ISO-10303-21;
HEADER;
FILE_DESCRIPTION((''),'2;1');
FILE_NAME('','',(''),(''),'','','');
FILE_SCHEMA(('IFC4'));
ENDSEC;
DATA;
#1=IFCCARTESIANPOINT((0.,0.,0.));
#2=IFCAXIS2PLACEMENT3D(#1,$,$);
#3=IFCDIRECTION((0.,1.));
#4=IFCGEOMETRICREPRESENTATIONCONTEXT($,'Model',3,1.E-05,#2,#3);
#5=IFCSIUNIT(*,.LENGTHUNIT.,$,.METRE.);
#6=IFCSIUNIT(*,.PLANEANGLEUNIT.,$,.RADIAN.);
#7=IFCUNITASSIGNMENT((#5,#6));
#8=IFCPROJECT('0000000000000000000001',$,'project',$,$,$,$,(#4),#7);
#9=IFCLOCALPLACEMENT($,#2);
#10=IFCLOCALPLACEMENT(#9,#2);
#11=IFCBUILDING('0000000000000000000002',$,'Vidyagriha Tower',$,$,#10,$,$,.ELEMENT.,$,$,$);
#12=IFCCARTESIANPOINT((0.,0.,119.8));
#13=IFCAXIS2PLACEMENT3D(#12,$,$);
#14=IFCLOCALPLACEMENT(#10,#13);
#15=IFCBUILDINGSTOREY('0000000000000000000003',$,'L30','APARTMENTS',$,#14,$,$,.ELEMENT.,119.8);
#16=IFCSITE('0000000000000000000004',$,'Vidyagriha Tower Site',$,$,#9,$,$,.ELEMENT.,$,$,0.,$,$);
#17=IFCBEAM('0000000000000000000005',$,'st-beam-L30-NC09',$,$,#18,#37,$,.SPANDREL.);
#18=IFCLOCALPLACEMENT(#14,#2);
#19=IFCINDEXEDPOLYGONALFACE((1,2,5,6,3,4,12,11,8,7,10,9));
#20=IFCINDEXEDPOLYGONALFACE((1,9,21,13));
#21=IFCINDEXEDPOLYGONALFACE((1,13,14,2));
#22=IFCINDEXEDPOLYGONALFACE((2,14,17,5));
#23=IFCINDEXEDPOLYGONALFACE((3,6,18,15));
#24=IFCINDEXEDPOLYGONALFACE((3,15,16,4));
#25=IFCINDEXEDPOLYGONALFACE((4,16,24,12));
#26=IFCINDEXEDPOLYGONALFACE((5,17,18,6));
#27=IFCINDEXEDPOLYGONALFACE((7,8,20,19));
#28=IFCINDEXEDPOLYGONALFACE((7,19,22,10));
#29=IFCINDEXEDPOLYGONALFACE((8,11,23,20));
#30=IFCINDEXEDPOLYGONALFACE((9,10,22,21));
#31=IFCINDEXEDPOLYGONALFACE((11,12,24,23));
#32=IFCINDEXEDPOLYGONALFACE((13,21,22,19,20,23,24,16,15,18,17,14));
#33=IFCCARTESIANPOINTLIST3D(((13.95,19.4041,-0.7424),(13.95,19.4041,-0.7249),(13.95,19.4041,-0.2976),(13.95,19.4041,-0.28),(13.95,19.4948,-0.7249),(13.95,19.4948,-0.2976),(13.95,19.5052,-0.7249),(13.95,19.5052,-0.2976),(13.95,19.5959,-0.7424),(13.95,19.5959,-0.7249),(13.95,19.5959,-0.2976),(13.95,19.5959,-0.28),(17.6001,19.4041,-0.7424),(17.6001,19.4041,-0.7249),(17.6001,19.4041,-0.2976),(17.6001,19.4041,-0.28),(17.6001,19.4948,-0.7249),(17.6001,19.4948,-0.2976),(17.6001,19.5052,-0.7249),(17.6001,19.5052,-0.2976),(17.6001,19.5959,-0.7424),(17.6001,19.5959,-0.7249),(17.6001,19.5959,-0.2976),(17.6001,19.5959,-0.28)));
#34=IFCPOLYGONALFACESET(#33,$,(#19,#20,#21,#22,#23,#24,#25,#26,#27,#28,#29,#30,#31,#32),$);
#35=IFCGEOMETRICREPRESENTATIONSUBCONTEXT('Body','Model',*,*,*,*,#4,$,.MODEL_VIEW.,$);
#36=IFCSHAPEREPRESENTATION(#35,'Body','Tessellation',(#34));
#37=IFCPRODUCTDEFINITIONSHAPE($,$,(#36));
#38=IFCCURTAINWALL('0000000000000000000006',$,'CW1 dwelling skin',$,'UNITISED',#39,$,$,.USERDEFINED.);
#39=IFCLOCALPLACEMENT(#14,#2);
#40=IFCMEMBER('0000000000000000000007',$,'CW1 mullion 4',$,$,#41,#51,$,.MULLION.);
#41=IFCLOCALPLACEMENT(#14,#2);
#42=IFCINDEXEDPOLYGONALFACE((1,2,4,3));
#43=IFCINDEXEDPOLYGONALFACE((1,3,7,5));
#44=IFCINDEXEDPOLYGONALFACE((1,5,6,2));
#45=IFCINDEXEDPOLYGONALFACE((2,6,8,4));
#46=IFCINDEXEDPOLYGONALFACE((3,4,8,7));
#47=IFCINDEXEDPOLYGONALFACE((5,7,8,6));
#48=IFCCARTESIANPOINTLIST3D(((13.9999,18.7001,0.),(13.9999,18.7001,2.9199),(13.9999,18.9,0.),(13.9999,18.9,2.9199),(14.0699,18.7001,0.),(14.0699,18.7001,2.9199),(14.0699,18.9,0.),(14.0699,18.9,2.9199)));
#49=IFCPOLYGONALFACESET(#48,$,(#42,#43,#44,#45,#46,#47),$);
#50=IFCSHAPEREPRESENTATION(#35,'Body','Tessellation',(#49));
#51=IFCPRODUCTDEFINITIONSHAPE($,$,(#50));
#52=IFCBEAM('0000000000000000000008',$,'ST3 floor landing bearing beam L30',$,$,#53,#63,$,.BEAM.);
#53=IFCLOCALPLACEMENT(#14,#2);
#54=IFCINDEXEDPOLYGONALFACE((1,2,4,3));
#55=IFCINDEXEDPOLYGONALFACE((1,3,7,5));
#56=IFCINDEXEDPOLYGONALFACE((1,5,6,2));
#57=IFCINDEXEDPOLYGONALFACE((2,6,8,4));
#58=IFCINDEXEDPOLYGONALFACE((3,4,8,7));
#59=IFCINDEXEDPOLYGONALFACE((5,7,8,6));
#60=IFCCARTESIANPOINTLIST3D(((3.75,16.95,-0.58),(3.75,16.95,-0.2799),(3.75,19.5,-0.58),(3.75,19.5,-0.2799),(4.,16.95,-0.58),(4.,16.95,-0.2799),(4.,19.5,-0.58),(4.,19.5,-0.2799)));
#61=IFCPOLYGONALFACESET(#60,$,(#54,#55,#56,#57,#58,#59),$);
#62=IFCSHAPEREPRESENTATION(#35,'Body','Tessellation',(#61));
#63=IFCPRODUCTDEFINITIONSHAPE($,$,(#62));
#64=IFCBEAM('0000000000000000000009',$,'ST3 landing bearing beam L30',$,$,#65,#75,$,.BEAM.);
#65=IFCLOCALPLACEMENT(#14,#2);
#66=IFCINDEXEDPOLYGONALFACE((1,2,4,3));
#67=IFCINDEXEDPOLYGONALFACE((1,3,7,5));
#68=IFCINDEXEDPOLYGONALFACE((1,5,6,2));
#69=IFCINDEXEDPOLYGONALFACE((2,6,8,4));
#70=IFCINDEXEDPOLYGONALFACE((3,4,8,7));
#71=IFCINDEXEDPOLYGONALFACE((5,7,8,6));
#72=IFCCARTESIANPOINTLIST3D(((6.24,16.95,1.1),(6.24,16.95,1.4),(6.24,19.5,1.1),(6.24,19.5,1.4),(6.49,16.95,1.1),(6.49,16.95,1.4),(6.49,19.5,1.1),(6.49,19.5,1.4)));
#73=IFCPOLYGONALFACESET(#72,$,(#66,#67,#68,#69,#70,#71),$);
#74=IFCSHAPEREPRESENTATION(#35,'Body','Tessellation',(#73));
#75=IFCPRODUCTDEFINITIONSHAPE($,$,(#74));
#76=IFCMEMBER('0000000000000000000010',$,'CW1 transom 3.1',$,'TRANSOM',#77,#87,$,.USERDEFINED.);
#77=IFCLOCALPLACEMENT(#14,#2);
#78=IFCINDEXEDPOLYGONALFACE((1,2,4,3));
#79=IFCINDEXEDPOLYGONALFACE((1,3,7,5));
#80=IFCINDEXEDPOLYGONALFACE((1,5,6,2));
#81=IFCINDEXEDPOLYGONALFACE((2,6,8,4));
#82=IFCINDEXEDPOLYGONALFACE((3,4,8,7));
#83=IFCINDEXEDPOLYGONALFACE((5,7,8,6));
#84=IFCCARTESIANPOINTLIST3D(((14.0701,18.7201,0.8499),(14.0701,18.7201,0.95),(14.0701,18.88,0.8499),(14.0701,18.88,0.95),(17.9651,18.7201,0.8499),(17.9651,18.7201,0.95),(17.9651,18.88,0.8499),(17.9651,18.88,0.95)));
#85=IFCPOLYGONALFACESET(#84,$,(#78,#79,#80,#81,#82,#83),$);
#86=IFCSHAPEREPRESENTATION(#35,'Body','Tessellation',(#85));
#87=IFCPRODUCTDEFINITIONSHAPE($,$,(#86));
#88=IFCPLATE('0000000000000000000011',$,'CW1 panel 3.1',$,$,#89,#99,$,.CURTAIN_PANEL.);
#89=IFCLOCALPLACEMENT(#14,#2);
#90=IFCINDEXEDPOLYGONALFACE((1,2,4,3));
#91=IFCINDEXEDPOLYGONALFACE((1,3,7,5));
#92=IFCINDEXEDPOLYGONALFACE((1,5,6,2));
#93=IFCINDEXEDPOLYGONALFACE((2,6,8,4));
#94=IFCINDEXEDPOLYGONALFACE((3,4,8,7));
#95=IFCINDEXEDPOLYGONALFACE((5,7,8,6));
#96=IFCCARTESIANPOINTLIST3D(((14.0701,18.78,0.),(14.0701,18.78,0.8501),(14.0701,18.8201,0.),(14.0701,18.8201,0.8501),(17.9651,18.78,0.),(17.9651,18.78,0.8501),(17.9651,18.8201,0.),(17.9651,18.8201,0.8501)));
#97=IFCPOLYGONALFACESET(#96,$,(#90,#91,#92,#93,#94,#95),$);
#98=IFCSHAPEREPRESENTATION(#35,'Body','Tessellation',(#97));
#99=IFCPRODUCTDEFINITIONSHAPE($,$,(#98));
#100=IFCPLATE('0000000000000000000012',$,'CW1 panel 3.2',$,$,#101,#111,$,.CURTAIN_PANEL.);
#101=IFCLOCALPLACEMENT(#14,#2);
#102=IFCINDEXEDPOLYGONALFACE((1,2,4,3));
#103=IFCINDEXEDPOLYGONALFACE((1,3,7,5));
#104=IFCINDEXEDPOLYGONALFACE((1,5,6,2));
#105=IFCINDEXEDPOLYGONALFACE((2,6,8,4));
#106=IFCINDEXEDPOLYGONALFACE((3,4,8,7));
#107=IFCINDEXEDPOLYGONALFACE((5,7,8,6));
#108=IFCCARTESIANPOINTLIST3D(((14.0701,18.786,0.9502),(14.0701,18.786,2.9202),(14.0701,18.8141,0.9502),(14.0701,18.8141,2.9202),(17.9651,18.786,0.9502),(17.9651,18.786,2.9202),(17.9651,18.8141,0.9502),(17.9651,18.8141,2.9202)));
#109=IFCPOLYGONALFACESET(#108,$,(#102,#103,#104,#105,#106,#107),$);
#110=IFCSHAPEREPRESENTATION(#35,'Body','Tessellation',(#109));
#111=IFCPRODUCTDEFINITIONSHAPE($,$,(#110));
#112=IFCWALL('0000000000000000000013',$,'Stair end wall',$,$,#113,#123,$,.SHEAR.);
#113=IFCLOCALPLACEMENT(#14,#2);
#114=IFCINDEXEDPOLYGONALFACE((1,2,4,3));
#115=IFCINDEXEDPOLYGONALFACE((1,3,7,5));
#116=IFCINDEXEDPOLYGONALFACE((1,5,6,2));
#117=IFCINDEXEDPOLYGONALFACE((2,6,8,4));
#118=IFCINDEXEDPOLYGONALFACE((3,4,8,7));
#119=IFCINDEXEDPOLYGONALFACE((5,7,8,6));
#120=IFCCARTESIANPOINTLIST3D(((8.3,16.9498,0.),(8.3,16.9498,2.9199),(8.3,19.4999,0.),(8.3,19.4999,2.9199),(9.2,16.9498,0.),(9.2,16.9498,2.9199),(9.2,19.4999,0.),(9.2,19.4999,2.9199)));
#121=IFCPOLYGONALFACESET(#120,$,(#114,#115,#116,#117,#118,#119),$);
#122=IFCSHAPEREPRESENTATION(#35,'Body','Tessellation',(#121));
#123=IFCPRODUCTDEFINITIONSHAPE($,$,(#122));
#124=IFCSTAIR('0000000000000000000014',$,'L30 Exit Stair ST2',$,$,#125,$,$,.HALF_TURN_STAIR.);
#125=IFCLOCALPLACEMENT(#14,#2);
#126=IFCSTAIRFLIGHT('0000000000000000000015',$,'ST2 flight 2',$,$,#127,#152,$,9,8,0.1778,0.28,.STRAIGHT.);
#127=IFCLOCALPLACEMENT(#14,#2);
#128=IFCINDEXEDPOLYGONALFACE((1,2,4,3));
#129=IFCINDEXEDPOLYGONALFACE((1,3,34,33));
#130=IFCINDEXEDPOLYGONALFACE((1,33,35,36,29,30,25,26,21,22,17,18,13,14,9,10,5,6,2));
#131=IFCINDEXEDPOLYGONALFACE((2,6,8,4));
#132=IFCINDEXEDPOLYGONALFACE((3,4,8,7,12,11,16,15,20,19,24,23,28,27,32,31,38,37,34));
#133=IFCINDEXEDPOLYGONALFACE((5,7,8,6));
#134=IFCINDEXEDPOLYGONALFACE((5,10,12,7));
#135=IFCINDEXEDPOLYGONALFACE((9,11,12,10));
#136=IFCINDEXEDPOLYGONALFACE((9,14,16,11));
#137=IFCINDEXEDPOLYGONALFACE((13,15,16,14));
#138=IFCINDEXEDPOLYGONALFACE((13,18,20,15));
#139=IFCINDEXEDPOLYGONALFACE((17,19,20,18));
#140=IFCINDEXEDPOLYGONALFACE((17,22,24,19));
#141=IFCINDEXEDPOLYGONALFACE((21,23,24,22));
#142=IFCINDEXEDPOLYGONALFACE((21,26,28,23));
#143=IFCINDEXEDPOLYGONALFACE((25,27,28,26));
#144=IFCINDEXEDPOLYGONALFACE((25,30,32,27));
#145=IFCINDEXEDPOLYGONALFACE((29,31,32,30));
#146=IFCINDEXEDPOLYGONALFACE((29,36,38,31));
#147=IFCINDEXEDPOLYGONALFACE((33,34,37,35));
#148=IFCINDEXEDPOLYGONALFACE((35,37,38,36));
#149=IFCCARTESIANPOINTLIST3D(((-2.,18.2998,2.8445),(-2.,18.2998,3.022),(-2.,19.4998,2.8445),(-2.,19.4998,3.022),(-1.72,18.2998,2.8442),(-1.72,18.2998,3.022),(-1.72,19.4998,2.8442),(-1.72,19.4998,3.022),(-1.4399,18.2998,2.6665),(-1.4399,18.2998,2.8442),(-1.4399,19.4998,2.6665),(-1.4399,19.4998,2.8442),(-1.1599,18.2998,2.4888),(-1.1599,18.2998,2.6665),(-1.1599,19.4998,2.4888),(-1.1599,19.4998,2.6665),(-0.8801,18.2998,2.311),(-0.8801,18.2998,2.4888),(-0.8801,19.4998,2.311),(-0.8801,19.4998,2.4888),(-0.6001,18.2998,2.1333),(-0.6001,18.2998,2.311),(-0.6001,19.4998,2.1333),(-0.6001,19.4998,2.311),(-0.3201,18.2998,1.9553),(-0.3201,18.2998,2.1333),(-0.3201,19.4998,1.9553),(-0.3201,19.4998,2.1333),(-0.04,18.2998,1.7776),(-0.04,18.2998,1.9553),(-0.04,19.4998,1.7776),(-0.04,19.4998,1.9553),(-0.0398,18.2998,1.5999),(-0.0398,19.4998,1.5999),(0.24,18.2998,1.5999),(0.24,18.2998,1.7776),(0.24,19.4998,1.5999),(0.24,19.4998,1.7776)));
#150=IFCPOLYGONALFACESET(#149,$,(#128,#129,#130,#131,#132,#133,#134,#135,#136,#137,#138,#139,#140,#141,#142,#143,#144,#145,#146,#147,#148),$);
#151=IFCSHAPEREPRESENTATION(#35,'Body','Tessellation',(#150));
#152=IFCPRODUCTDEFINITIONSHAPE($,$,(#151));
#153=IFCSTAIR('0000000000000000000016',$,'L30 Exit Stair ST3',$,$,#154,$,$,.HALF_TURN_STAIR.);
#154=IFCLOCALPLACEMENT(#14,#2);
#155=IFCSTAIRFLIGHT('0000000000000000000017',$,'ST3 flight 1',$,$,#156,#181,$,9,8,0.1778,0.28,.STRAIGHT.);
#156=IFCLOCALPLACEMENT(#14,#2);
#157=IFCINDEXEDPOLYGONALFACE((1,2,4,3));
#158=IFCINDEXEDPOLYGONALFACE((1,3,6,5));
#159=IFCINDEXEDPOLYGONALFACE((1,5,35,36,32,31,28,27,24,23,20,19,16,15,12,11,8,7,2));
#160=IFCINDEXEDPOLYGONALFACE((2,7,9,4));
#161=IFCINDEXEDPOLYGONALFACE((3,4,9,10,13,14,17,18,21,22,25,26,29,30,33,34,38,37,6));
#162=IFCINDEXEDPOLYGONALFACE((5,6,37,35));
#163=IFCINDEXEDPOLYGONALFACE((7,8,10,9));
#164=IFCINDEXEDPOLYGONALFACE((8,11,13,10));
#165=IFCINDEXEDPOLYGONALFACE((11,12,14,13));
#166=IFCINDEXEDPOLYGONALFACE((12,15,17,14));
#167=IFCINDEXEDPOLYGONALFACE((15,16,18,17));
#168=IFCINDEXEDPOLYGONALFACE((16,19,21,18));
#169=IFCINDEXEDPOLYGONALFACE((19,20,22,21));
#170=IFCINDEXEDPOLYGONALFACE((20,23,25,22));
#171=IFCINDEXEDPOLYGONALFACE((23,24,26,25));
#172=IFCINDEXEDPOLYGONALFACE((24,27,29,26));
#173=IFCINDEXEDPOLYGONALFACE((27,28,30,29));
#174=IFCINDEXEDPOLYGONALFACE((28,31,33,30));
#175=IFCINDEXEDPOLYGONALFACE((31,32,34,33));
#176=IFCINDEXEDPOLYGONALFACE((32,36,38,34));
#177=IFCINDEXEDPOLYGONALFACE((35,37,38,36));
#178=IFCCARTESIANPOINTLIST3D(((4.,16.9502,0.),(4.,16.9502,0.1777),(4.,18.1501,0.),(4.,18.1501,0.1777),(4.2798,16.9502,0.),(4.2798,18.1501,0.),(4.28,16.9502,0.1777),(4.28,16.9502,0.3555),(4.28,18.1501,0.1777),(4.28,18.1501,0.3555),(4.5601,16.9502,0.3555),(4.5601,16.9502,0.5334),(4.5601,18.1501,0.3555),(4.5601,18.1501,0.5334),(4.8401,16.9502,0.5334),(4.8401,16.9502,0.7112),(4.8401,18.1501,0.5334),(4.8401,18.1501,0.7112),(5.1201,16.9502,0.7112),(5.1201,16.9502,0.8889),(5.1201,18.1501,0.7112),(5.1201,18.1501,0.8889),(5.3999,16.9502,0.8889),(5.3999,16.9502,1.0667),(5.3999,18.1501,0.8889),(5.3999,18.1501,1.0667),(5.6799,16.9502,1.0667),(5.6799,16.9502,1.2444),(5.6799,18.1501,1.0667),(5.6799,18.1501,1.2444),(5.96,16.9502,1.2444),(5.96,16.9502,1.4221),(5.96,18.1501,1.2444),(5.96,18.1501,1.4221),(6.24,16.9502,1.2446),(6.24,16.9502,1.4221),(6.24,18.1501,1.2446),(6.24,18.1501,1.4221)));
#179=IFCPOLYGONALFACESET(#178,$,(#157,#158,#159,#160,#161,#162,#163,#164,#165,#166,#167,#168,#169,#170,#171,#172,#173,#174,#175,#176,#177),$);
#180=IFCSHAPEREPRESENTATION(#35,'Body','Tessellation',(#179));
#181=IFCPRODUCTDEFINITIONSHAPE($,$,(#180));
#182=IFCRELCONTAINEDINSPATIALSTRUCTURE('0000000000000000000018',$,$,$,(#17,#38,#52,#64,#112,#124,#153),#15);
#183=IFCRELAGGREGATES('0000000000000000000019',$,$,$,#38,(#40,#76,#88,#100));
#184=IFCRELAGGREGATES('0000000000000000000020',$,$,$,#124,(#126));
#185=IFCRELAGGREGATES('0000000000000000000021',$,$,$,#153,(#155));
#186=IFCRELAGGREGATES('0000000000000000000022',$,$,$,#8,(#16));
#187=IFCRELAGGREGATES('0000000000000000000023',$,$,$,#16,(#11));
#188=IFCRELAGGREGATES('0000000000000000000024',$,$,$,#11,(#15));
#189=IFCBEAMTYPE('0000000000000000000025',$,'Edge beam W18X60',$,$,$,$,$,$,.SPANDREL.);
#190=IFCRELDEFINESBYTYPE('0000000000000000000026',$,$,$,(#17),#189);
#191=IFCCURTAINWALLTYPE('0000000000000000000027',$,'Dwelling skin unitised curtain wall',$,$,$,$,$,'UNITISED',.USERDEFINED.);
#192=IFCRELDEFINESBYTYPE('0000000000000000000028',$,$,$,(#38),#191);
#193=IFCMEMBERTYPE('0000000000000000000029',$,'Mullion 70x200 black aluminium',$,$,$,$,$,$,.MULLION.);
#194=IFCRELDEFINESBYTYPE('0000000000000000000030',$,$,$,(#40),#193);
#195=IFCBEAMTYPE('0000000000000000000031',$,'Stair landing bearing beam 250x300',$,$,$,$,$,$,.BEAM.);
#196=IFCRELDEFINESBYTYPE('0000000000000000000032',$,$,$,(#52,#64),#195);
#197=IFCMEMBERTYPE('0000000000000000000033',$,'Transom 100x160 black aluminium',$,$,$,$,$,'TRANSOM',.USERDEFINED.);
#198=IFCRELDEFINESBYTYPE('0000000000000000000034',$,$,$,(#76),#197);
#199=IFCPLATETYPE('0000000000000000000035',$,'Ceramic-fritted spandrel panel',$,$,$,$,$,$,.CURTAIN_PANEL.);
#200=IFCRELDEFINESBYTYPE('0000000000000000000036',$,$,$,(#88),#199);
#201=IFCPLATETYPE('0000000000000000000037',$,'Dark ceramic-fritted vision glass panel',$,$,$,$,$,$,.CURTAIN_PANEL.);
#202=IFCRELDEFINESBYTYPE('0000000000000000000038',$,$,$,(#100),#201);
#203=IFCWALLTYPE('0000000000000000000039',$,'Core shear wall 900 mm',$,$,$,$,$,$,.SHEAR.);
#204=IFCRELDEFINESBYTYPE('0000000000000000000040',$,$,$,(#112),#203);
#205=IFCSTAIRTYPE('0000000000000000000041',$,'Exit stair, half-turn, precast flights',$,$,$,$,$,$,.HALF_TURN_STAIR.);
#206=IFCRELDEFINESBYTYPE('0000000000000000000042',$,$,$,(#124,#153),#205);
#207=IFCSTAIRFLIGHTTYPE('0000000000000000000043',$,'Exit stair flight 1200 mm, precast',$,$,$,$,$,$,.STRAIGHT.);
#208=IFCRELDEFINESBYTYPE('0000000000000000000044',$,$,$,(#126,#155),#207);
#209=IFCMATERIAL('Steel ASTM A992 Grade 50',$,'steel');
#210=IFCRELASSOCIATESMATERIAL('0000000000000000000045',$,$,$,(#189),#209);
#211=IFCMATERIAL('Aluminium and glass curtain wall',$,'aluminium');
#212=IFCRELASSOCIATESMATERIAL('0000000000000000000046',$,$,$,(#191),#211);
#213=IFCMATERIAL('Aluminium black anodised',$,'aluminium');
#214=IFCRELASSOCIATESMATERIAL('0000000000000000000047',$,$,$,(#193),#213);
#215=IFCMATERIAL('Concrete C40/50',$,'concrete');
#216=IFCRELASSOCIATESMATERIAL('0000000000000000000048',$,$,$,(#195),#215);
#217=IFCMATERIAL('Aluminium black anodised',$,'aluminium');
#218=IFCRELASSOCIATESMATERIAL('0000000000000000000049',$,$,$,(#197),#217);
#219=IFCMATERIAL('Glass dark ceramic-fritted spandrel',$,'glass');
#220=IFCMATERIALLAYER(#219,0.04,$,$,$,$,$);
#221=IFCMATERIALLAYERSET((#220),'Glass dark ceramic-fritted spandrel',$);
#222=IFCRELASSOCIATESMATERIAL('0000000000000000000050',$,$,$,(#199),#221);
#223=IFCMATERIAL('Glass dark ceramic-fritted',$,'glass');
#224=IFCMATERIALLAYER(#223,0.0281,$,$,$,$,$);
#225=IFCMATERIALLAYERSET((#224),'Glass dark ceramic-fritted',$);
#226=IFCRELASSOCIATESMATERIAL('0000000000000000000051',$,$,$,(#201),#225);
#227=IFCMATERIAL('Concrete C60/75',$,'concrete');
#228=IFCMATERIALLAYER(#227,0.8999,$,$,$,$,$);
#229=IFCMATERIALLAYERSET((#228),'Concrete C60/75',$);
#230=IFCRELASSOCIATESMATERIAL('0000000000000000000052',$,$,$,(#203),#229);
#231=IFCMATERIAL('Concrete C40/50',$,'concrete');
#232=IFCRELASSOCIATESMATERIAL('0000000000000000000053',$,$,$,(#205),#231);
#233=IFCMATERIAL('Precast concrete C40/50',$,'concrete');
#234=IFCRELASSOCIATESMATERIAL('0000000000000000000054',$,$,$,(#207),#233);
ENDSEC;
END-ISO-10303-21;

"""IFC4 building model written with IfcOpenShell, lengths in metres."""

from ifc_helpers import new_model, si_unit, direction, frame, frame_2d, origin, origin_2d, place, context, subcontext, project, spatial, polyline, rectangle, i_section, outline, extrude, material, layer, layer_set, material_profile, profile_set, type_object, element, aggregate, save


model = new_model("IFC4")

# Units and contexts
model_context = context("Model", 3, precision=1e-05, world=origin(), true_north=direction((0.0, 1.0)))
body_context = subcontext(model_context, "Body", "Model", "MODEL_VIEW")
ifc_project = project(units=[si_unit("LENGTHUNIT", "METRE"), si_unit("PLANEANGLEUNIT", "RADIAN")], contexts=[model_context])

# Site, building, storey
site_placement = place(None, origin())
site = spatial("IfcSite", under=ifc_project, at=site_placement, Name="Vidyagriha Tower Site", CompositionType="ELEMENT", RefElevation=0.0)
building_placement = place(site_placement, origin())
building = spatial("IfcBuilding", under=site, at=building_placement, Name="Vidyagriha Tower", CompositionType="ELEMENT")
storey_placement = place(building_placement, frame((0.0, 0.0, 119.8)))
storey = spatial("IfcBuildingStorey", under=building, at=storey_placement, Name="L30", Description="APARTMENTS", CompositionType="ELEMENT", Elevation=119.8)

# Beam
ifc_material_1 = material(Name="Steel ASTM A992 Grade 50", Category="steel")
ifc_material_profile_1 = material_profile(ifc_material_1, i_section(OverallWidth=0.1919, OverallDepth=0.4624, WebThickness=0.0105, FlangeThickness=0.0176, at=origin_2d()), Name="W18X60")
ifc_profile_set_1 = profile_set([ifc_material_profile_1], Name="Steel ASTM A992 Grade 50")
beam_type_1 = type_object("IfcBeamType", Name="Edge beam W18X60", PredefinedType="SPANDREL", material=ifc_profile_set_1)
beam_placement = place(storey_placement, frame((13.95, 19.5, -0.5112), z_axis=(1.0, 0.0, 0.0), x_axis=(0.0, 1.0, 0.0)))
element("IfcBeam", 1, at=beam_placement, inside=storey, type_object=beam_type_1, Name="st-beam-L30-NC09", PredefinedType="SPANDREL", context=body_context, shape_type="SweptSolid", body=[
    extrude(i_section(OverallWidth=0.1919, OverallDepth=0.4624, WebThickness=0.0105, FlangeThickness=0.0176, at=origin_2d()), origin(), (0.0, 0.0, 1.0), 3.6501),
])

# Curtain wall, member
ifc_material_2 = material(Name="Aluminium and glass curtain wall", Category="aluminium")
curtain_wall_type = type_object("IfcCurtainWallType", Name="Dwelling skin unitised curtain wall", ElementType="UNITISED", PredefinedType="USERDEFINED", material=ifc_material_2)
curtain_wall_placement = place(storey_placement, origin())
curtain_wall = element("IfcCurtainWall", 2, at=curtain_wall_placement, inside=storey, type_object=curtain_wall_type, Name="CW1 dwelling skin", ObjectType="UNITISED", PredefinedType="USERDEFINED")
ifc_material_3 = material(Name="Aluminium black anodised", Category="aluminium")
ifc_material_profile_2 = material_profile(ifc_material_3, rectangle(XDim=0.2, YDim=0.0701, at=origin_2d()), Name="Mullion 70x200 black aluminium")
ifc_profile_set_2 = profile_set([ifc_material_profile_2], Name="Aluminium black anodised")
member_type_1 = type_object("IfcMemberType", Name="Mullion 70x200 black aluminium", PredefinedType="MULLION", material=ifc_profile_set_2)
member_1_placement = place(storey_placement, frame((14.0349, 18.8, 0.0), z_axis=(0.0, 0.0, 1.0), x_axis=(0.0, -1.0, 0.0)))
member_1 = element("IfcMember", 3, at=member_1_placement, type_object=member_type_1, Name="CW1 mullion 4", PredefinedType="MULLION", context=body_context, shape_type="SweptSolid", body=[
    extrude(rectangle(XDim=0.2, YDim=0.0701, at=origin_2d()), origin(), (0.0, 0.0, 1.0), 2.9199),
])

# Beams
ifc_material_4 = material(Name="Concrete C40/50", Category="concrete")
ifc_material_profile_3 = material_profile(ifc_material_4, rectangle(XDim=0.25, YDim=0.3, at=origin_2d()), Name="Stair landing bearing beam 250x300")
ifc_profile_set_3 = profile_set([ifc_material_profile_3], Name="Concrete C40/50")
beam_type_2 = type_object("IfcBeamType", Name="Stair landing bearing beam 250x300", PredefinedType="BEAM", material=ifc_profile_set_3)
for number, where, z_axis, x_axis, name in (
    (4, (3.875, 16.95, -0.4299), (0.0, 1.0, 0.0), (-1.0, 0.0, 0.0), "ST3 floor landing bearing beam L30"),
    (5, (6.365, 16.95, 1.25), (0.0, 1.0, 0.0), (-1.0, 0.0, 0.0), "ST3 landing bearing beam L30"),
):
    element("IfcBeam", number, at=place(storey_placement, frame(where, z_axis=z_axis, x_axis=x_axis)), inside=storey, type_object=beam_type_2, Name=name, PredefinedType="BEAM", context=body_context, shape_type="SweptSolid", body=[
        extrude(rectangle(XDim=0.25, YDim=0.3, at=origin_2d()), origin(), (0.0, 0.0, 1.0), 2.55),
    ])

# Member
ifc_material_5 = material(Name="Aluminium black anodised", Category="aluminium")
ifc_material_profile_4 = material_profile(ifc_material_5, rectangle(XDim=0.1599, YDim=0.1001, at=origin_2d()), Name="Transom 100x160 black aluminium")
ifc_profile_set_4 = profile_set([ifc_material_profile_4], Name="Aluminium black anodised")
member_type_2 = type_object("IfcMemberType", Name="Transom 100x160 black aluminium", ElementType="TRANSOM", PredefinedType="USERDEFINED", material=ifc_profile_set_4)
member_2_placement = place(storey_placement, frame((17.9651, 18.8, 0.8999), z_axis=(-1.0, 0.0, 0.0), x_axis=(0.0, -1.0, 0.0)))
member_2 = element("IfcMember", 6, at=member_2_placement, type_object=member_type_2, Name="CW1 transom 3.1", ObjectType="TRANSOM", PredefinedType="USERDEFINED", context=body_context, shape_type="SweptSolid", body=[
    extrude(rectangle(XDim=0.1599, YDim=0.1001, at=origin_2d()), origin(), (0.0, 0.0, 1.0), 3.895),
])

# Plates
ifc_material_6 = material(Name="Glass dark ceramic-fritted spandrel", Category="glass")
ifc_layer_1 = layer(ifc_material_6, 0.04)
ifc_layer_set_1 = layer_set([ifc_layer_1], Name="Glass dark ceramic-fritted spandrel")
plate_type_1 = type_object("IfcPlateType", Name="Ceramic-fritted spandrel panel", PredefinedType="CURTAIN_PANEL", material=ifc_layer_set_1)
plate_1_placement = place(storey_placement, frame((16.0176, 18.8, 0.0), z_axis=(0.0, 0.0, 1.0), x_axis=(-1.0, 0.0, 0.0)))
plate_1 = element("IfcPlate", 7, at=plate_1_placement, type_object=plate_type_1, Name="CW1 panel 3.1", PredefinedType="CURTAIN_PANEL", context=body_context, shape_type="SweptSolid", body=[
    extrude(rectangle(XDim=3.895, YDim=0.04, at=origin_2d()), origin(), (0.0, 0.0, 1.0), 0.8501),
])
ifc_material_7 = material(Name="Glass dark ceramic-fritted", Category="glass")
ifc_layer_2 = layer(ifc_material_7, 0.0281)
ifc_layer_set_2 = layer_set([ifc_layer_2], Name="Glass dark ceramic-fritted")
plate_type_2 = type_object("IfcPlateType", Name="Dark ceramic-fritted vision glass panel", PredefinedType="CURTAIN_PANEL", material=ifc_layer_set_2)
plate_2_placement = place(storey_placement, frame((16.0176, 18.8, 0.9502), z_axis=(0.0, 0.0, 1.0), x_axis=(-1.0, 0.0, 0.0)))
plate_2 = element("IfcPlate", 8, at=plate_2_placement, type_object=plate_type_2, Name="CW1 panel 3.2", PredefinedType="CURTAIN_PANEL", context=body_context, shape_type="SweptSolid", body=[
    extrude(rectangle(XDim=3.895, YDim=0.0281, at=origin_2d()), origin(), (0.0, 0.0, 1.0), 1.97),
])
aggregate(curtain_wall, [member_1, member_2, plate_1, plate_2])

# Wall
ifc_material_8 = material(Name="Concrete C60/75", Category="concrete")
ifc_layer_3 = layer(ifc_material_8, 0.8999)
ifc_layer_set_3 = layer_set([ifc_layer_3], Name="Concrete C60/75")
wall_type = type_object("IfcWallType", Name="Core shear wall 900 mm", PredefinedType="SHEAR", material=ifc_layer_set_3)
wall_placement = place(storey_placement, frame((8.75, 16.95, 0.0), z_axis=(0.0, 0.0, 1.0), x_axis=(0.0, 1.0, 0.0)))
element("IfcWall", 9, at=wall_placement, inside=storey, type_object=wall_type, Name="Stair end wall", PredefinedType="SHEAR", context=body_context, shape_type="SweptSolid", body=[
    extrude(rectangle(XDim=2.55, YDim=0.8999, at=frame_2d((1.2749, 0.0))), origin(), (0.0, 0.0, 1.0), 2.9199),
])

# Stair, stair flight
ifc_material_9 = material(Name="Concrete C40/50", Category="concrete")
stair_type = type_object("IfcStairType", Name="Exit stair, half-turn, precast flights", PredefinedType="HALF_TURN_STAIR", material=ifc_material_9)
stair_1_placement = place(storey_placement, origin())
stair_1 = element("IfcStair", 10, at=stair_1_placement, inside=storey, type_object=stair_type, Name="L30 Exit Stair ST2", PredefinedType="HALF_TURN_STAIR")
ifc_material_10 = material(Name="Precast concrete C40/50", Category="concrete")
stair_flight_type = type_object("IfcStairFlightType", Name="Exit stair flight 1200 mm, precast", PredefinedType="STRAIGHT", material=ifc_material_10)
stair_flight_1_placement = place(storey_placement, frame((0.24, 18.8999, 1.5999), z_axis=(0.0, 0.0, 1.0), x_axis=(-1.0, 0.0, 0.0)))
stair_flight_1 = element("IfcStairFlight", 11, at=stair_flight_1_placement, type_object=stair_flight_type, Name="ST2 flight 2", NumberOfRisers=9, NumberOfTreads=8, PredefinedType="STRAIGHT", RiserHeight=0.1778, TreadLength=0.28, context=body_context, shape_type="SweptSolid", body=[
    extrude(outline(polyline([(0.0, 0.0), (0.0, 0.1777), (0.28, 0.1777), (0.28, 0.3555), (0.5601, 0.3555), (0.5601, 0.5334), (0.8401, 0.5334), (0.8401, 0.7112), (1.1201, 0.7112), (1.1201, 0.8889), (1.3999, 0.8889), (1.3999, 1.0667), (1.6799, 1.0667), (1.6799, 1.2444), (1.96, 1.2444), (1.96, 1.4221), (2.24, 1.4221), (2.24, 1.6001), (2.24, 1.2446), (0.2798, 0.0), (0.0, 0.0)])), frame((0.0, 0.6001, 0.0), z_axis=(0.0, -1.0, 0.0), x_axis=(1.0, 0.0, 0.0)), (0.0, 0.0, 1.0), 1.2),
])
aggregate(stair_1, [stair_flight_1])

# Stair, stair flight
stair_2_placement = place(storey_placement, origin())
stair_2 = element("IfcStair", 12, at=stair_2_placement, inside=storey, type_object=stair_type, Name="L30 Exit Stair ST3", PredefinedType="HALF_TURN_STAIR")
stair_flight_2_placement = place(storey_placement, frame((4.0, 17.55, 0.0)))
stair_flight_2 = element("IfcStairFlight", 13, at=stair_flight_2_placement, type_object=stair_flight_type, Name="ST3 flight 1", NumberOfRisers=9, NumberOfTreads=8, PredefinedType="STRAIGHT", RiserHeight=0.1778, TreadLength=0.28, context=body_context, shape_type="SweptSolid", body=[
    extrude(outline(polyline([(0.0, 0.0), (0.0, 0.1777), (0.28, 0.1777), (0.28, 0.3555), (0.5601, 0.3555), (0.5601, 0.5334), (0.8401, 0.5334), (0.8401, 0.7112), (1.1201, 0.7112), (1.1201, 0.8889), (1.3999, 0.8889), (1.3999, 1.0667), (1.6799, 1.0667), (1.6799, 1.2444), (1.96, 1.2444), (1.96, 1.4221), (2.24, 1.4221), (2.24, 1.6001), (2.24, 1.2446), (0.2798, 0.0), (0.0, 0.0)])), frame((0.0, 0.6001, 0.0), z_axis=(0.0, -1.0, 0.0), x_axis=(1.0, 0.0, 0.0)), (0.0, 0.0, 1.0), 1.2),
])
aggregate(stair_2, [stair_flight_2])

save(model, "model.ifc")
